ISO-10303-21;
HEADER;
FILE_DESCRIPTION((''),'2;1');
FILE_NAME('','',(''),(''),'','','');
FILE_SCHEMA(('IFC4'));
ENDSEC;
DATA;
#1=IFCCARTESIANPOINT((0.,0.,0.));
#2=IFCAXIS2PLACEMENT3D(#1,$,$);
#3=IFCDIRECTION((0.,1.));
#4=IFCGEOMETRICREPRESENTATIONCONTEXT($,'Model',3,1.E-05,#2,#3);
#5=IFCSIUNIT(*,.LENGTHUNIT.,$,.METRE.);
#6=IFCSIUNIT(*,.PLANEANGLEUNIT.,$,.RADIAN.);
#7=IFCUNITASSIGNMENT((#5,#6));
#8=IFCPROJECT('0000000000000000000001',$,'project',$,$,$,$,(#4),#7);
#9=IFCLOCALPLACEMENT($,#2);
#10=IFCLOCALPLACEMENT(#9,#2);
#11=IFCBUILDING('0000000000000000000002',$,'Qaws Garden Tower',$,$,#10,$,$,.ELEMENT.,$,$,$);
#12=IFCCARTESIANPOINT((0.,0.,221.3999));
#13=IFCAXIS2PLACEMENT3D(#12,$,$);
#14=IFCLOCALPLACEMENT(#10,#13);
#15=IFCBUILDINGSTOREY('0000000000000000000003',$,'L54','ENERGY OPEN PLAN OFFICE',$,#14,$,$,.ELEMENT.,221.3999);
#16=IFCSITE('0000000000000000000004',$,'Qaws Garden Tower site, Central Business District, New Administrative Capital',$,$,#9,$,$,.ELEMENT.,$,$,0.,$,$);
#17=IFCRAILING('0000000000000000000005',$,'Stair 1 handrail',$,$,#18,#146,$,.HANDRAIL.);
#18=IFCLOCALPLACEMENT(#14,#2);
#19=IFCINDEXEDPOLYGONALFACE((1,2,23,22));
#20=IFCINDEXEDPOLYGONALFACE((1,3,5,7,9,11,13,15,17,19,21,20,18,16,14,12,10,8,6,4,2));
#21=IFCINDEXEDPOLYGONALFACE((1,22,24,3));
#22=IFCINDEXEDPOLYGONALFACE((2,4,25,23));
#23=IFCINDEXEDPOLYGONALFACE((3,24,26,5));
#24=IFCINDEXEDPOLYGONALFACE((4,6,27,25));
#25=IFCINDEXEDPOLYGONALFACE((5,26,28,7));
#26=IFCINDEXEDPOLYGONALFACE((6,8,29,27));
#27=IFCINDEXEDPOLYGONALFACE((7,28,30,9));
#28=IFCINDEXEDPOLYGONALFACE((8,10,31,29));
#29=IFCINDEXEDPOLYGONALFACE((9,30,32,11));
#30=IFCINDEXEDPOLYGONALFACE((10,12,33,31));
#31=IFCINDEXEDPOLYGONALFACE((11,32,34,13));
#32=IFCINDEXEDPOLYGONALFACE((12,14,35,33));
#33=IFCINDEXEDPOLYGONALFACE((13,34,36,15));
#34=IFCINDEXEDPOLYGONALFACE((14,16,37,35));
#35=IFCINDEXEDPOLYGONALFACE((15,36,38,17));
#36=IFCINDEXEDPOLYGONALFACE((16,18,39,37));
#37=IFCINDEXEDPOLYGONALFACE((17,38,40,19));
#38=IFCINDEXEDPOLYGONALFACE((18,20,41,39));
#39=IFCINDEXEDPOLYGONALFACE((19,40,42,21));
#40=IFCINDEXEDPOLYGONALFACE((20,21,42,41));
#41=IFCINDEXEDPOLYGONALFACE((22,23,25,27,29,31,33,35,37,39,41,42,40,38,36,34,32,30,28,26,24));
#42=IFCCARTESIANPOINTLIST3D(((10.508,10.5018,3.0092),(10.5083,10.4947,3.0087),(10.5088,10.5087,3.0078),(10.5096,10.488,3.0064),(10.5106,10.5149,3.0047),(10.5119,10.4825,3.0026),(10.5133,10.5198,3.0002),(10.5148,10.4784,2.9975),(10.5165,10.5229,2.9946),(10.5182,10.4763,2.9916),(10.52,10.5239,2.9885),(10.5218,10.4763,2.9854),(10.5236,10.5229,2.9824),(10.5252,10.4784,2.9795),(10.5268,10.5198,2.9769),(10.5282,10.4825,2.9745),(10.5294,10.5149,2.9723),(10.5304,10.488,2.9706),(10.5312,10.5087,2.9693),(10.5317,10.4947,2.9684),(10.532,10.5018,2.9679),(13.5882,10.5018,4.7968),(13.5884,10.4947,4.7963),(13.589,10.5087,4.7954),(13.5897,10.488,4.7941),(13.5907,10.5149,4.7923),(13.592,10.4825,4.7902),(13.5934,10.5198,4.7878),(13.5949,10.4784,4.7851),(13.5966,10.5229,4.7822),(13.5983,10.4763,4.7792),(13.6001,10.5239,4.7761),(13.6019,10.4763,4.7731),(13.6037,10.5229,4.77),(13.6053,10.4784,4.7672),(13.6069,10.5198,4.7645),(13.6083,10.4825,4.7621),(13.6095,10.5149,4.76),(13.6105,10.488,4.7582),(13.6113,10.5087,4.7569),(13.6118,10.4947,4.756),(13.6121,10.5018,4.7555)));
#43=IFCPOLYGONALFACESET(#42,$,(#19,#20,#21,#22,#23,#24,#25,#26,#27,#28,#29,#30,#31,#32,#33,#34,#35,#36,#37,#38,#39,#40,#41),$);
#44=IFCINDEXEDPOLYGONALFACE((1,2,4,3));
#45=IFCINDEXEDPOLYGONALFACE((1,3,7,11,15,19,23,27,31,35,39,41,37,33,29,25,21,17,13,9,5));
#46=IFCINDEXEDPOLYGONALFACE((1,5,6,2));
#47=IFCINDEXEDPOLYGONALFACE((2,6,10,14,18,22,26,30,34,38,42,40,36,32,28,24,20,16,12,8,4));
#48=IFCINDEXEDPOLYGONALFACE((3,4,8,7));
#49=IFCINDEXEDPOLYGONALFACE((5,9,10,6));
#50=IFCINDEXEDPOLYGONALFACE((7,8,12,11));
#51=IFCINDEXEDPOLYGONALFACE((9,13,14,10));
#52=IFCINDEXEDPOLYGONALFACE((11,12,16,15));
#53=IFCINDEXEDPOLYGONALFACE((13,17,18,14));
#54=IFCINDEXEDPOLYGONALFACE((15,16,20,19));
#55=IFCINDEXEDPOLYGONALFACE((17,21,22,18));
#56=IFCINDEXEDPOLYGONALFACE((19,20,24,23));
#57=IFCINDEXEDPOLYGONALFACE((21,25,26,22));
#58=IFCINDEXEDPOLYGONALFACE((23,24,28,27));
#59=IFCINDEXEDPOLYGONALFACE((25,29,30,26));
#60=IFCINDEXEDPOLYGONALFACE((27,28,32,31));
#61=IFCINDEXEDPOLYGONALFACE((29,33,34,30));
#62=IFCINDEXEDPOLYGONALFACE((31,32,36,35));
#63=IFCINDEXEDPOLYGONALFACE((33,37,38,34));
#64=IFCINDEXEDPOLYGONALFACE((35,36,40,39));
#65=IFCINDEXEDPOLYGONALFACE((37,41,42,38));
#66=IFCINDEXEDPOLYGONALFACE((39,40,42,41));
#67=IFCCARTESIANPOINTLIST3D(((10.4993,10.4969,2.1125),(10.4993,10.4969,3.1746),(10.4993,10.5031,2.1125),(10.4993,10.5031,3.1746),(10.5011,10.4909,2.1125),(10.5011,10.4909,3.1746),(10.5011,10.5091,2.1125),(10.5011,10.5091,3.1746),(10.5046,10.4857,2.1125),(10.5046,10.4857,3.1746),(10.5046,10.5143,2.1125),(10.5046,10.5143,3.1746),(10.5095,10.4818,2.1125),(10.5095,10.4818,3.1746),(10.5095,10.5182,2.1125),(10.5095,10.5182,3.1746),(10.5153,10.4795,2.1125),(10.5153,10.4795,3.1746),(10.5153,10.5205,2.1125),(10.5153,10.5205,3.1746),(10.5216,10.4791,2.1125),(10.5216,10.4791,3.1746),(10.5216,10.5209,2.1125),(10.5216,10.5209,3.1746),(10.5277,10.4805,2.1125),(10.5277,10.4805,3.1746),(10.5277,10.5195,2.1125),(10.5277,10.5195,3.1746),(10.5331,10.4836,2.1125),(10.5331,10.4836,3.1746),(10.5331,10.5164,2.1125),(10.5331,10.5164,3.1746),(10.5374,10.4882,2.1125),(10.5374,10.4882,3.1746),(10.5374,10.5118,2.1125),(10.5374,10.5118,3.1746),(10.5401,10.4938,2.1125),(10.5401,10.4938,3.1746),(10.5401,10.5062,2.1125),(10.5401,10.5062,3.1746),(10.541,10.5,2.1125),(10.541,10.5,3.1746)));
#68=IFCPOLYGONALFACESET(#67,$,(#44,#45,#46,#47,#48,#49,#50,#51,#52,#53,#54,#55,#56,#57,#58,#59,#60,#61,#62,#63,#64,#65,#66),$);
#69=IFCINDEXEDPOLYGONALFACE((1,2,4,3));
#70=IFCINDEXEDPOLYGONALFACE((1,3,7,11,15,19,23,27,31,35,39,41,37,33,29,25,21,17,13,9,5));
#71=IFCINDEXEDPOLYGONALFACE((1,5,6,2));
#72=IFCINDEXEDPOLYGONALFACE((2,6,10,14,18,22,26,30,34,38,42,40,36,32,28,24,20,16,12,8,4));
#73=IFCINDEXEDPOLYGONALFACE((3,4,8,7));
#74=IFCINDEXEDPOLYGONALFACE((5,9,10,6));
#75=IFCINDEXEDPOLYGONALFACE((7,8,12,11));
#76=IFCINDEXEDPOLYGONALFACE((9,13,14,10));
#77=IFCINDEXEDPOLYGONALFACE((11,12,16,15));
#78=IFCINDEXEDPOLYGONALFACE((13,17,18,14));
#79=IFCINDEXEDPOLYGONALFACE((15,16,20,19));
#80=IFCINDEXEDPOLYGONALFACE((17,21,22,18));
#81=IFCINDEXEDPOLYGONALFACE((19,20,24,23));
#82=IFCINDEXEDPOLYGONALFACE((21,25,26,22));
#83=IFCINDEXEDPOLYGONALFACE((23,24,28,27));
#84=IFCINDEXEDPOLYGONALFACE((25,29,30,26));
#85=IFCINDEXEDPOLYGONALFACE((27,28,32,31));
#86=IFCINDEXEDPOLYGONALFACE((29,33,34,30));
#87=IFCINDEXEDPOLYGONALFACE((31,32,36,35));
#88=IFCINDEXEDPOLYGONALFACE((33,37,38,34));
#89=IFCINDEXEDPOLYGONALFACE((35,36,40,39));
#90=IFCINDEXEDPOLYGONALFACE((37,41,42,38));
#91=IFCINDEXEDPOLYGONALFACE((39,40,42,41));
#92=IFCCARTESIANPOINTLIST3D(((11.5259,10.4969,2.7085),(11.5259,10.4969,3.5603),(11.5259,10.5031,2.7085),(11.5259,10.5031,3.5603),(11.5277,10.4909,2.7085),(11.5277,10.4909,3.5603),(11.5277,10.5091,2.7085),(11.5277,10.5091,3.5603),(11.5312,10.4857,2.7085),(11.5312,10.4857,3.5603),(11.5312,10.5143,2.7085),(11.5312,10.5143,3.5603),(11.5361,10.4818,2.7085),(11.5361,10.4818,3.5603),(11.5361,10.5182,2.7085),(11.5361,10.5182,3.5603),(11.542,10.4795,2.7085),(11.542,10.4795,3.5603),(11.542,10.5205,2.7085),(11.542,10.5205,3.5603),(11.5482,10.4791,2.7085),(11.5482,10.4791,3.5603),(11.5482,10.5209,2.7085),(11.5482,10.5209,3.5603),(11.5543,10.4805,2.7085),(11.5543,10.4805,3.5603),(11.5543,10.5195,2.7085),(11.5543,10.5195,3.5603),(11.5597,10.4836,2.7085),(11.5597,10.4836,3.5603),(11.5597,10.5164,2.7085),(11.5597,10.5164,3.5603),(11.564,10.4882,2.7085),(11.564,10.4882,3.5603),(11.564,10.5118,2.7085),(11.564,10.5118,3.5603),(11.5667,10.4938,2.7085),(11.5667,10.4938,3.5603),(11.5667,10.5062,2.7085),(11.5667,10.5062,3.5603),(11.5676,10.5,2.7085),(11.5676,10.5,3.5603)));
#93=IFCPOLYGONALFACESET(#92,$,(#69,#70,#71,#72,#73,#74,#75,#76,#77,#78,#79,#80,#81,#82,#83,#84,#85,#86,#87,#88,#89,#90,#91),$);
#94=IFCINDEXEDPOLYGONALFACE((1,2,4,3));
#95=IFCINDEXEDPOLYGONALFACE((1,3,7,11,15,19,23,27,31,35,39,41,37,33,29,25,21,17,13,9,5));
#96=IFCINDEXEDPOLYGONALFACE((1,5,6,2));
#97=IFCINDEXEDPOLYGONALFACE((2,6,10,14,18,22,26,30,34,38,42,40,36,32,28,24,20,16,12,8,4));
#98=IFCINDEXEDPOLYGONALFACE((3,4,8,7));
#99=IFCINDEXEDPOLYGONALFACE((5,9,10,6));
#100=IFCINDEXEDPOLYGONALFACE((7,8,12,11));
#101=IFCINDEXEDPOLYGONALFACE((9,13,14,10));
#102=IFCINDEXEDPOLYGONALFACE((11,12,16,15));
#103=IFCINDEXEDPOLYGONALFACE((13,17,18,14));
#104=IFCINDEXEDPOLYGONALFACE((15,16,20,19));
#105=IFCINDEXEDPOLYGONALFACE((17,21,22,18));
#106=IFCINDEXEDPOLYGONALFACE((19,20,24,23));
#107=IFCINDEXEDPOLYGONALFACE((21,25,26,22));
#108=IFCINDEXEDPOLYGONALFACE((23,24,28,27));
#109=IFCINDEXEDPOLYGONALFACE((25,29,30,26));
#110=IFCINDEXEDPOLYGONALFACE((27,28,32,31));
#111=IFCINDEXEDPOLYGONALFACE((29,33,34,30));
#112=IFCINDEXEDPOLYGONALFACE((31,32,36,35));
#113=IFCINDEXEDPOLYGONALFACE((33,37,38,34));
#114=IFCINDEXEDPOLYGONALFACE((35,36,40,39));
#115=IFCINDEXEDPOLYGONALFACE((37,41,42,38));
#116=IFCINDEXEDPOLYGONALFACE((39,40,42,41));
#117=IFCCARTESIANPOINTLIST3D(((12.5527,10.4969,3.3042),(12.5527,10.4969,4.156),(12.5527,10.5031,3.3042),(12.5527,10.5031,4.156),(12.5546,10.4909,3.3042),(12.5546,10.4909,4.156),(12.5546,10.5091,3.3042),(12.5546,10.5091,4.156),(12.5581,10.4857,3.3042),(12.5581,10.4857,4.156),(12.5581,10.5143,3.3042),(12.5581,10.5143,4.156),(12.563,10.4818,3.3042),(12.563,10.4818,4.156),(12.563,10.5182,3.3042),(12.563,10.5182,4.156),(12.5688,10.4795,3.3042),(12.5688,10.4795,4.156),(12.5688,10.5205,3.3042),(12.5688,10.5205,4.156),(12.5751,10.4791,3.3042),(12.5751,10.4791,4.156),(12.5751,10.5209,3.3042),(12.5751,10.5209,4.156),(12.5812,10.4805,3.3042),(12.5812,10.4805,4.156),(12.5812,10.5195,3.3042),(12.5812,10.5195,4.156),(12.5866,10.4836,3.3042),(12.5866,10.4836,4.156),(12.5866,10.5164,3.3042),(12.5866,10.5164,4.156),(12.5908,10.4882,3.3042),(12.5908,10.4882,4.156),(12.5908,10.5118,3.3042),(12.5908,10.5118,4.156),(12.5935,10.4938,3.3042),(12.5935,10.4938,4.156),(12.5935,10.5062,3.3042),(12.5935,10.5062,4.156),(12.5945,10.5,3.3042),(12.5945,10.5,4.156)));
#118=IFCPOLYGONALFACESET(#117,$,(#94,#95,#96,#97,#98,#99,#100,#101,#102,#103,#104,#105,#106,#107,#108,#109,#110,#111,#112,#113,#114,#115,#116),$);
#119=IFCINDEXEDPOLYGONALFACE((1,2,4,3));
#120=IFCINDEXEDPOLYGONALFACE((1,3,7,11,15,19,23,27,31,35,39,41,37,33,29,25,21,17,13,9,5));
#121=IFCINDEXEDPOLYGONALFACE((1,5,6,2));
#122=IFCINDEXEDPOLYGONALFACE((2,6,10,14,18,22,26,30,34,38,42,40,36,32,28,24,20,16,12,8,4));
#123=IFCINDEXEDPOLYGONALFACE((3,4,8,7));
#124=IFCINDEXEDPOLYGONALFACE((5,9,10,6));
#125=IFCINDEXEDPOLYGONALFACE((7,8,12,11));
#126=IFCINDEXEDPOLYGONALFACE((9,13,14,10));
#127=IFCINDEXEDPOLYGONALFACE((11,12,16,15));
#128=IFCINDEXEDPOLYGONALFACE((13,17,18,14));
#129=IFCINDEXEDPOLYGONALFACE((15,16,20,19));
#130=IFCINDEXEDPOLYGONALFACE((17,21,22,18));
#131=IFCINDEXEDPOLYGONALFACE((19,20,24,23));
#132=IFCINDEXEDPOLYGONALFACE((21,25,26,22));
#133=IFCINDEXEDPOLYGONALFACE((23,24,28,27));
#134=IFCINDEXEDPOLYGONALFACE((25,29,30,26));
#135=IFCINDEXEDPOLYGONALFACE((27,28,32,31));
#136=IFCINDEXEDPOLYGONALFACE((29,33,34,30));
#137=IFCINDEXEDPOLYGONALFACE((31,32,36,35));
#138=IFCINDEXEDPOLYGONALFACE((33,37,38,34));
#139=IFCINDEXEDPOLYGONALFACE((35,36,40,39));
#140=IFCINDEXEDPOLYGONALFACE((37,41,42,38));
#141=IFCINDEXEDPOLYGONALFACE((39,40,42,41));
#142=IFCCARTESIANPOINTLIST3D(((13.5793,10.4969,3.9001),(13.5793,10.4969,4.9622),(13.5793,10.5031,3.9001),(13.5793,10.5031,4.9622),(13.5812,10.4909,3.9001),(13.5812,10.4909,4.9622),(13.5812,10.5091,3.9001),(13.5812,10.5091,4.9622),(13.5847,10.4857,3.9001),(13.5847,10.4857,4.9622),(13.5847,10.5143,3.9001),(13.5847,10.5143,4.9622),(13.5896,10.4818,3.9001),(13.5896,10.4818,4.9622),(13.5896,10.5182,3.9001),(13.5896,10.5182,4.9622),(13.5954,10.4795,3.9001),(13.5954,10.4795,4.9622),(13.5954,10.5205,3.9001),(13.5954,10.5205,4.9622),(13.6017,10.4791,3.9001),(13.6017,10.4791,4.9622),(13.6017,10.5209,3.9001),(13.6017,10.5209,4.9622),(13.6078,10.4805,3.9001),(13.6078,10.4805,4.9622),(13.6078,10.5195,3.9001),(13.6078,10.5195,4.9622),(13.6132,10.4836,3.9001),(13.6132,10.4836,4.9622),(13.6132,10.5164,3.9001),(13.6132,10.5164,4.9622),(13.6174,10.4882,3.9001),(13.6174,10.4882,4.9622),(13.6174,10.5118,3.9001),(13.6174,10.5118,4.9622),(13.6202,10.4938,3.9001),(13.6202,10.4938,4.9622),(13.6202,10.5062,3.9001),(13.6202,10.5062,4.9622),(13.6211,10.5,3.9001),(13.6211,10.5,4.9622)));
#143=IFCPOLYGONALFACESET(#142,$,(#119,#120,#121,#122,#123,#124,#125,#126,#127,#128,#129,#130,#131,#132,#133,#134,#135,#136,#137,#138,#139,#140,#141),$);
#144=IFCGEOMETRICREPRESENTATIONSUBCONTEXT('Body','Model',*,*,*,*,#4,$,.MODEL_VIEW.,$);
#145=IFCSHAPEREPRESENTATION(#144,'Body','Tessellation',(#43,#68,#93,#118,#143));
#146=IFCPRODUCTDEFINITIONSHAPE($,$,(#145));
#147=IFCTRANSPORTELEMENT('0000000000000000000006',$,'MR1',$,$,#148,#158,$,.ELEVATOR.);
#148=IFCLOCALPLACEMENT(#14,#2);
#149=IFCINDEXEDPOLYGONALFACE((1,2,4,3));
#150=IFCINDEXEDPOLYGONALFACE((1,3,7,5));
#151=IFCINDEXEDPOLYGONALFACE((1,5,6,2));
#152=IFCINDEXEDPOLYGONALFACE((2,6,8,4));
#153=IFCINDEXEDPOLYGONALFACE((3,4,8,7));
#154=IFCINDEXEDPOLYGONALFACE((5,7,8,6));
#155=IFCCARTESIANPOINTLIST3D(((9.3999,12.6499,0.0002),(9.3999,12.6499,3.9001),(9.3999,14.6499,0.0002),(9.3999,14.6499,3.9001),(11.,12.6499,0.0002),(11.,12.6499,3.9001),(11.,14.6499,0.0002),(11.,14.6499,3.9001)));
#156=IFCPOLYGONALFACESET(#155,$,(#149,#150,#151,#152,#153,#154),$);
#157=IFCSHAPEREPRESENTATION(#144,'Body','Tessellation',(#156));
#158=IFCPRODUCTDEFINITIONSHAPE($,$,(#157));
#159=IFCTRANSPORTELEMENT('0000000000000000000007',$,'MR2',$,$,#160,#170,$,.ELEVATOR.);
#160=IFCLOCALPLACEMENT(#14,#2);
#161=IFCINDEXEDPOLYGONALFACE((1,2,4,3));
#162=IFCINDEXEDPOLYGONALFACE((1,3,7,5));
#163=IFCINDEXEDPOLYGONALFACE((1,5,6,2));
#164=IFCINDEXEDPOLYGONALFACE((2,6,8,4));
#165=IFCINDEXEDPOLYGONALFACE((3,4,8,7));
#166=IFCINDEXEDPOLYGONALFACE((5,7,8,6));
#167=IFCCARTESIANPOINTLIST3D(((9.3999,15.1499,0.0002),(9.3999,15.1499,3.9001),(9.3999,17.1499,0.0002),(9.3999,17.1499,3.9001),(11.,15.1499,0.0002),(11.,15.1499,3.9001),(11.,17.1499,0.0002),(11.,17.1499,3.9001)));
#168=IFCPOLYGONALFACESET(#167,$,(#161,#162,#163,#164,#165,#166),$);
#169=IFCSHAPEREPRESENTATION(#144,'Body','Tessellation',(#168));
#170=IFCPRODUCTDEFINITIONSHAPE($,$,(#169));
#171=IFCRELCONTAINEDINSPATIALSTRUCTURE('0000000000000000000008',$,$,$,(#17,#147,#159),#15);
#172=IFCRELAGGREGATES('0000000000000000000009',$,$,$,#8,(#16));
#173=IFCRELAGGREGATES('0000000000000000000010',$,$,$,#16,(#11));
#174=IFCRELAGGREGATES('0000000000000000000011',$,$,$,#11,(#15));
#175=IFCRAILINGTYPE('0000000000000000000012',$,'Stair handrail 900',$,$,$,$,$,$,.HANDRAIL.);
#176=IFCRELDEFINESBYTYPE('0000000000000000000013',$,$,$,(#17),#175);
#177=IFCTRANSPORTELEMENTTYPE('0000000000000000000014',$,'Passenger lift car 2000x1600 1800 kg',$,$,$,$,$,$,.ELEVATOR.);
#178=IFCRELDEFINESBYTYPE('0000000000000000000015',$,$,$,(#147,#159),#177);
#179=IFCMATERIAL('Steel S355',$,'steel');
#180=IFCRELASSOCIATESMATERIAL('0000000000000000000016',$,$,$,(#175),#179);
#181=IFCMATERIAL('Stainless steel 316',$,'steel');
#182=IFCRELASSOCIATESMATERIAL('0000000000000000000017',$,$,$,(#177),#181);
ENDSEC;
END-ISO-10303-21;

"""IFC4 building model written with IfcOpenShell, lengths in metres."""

from ifc_helpers import new_model, si_unit, direction, frame, origin, origin_2d, place, context, subcontext, project, spatial, rectangle, circle, extrude, material, type_object, element, save


model = new_model("IFC4")

# Units and contexts
model_context = context("Model", 3, precision=1e-05, world=origin(), true_north=direction((0.0, 1.0)))
body_context = subcontext(model_context, "Body", "Model", "MODEL_VIEW")
ifc_project = project(units=[si_unit("LENGTHUNIT", "METRE"), si_unit("PLANEANGLEUNIT", "RADIAN")], contexts=[model_context])

# Site, building, storey
site_placement = place(None, origin())
site = spatial("IfcSite", under=ifc_project, at=site_placement, Name="Qaws Garden Tower site, Central Business District, New Administrative Capital", CompositionType="ELEMENT", RefElevation=0.0)
building_placement = place(site_placement, origin())
building = spatial("IfcBuilding", under=site, at=building_placement, Name="Qaws Garden Tower", CompositionType="ELEMENT")
storey_placement = place(building_placement, frame((0.0, 0.0, 221.3999)))
storey = spatial("IfcBuildingStorey", under=building, at=storey_placement, Name="L54", Description="ENERGY OPEN PLAN OFFICE", CompositionType="ELEMENT", Elevation=221.3999)

# Railing
ifc_material_1 = material(Name="Steel S355", Category="steel")
railing_type = type_object("IfcRailingType", Name="Stair handrail 900", PredefinedType="HANDRAIL", material=ifc_material_1)
railing_1_placement = place(storey_placement, frame((10.52, 10.5, 2.1125)))
element("IfcRailing", 1, at=railing_1_placement, inside=storey, type_object=railing_type, Name="Stair 1 handrail", PredefinedType="HANDRAIL", context=body_context, shape_type="SweptSolid", body=[
    extrude(circle(Radius=0.0239, at=origin_2d()), frame((0.0, 0.0, 0.876), z_axis=(0.864891, 0.0, 0.50196), x_axis=(0.0, 1.0, 0.0)), (0.0, 0.0, 1.0), 3.5613),
    extrude(circle(Radius=0.021, at=origin_2d()), origin(), (0.0, 0.0, 1.0), 1.062),
    extrude(circle(Radius=0.021, at=origin_2d()), frame((1.0266, 0.0, 0.5959)), (0.0, 0.0, 1.0), 0.8518),
    extrude(circle(Radius=0.021, at=origin_2d()), frame((2.0535, 0.0, 1.1917)), (0.0, 0.0, 1.0), 0.8518),
    extrude(circle(Radius=0.021, at=origin_2d()), frame((3.0801, 0.0, 1.7876)), (0.0, 0.0, 1.0), 1.062),
])

# Transport elements
ifc_material_2 = material(Name="Stainless steel 316", Category="steel")
transport_element_type = type_object("IfcTransportElementType", Name="Passenger lift car 2000x1600 1800 kg", PredefinedType="ELEVATOR", material=ifc_material_2)
for number, where, z_axis, x_axis, name in (
    (2, (10.2, 13.6499, 0.0002), (0.0, 0.0, 1.0), (1.0, 0.0, 0.0), "MR1"),
    (3, (10.2, 16.1499, 0.0002), (0.0, 0.0, 1.0), (1.0, 0.0, 0.0), "MR2"),
):
    element("IfcTransportElement", number, at=place(storey_placement, frame(where, z_axis=z_axis, x_axis=x_axis)), inside=storey, type_object=transport_element_type, Name=name, PredefinedType="ELEVATOR", context=body_context, shape_type="SweptSolid", body=[
        extrude(rectangle(XDim=1.6001, YDim=2.0, at=origin_2d()), origin(), (0.0, 0.0, 1.0), 3.8999),
    ])

save(model, "model.ifc")
